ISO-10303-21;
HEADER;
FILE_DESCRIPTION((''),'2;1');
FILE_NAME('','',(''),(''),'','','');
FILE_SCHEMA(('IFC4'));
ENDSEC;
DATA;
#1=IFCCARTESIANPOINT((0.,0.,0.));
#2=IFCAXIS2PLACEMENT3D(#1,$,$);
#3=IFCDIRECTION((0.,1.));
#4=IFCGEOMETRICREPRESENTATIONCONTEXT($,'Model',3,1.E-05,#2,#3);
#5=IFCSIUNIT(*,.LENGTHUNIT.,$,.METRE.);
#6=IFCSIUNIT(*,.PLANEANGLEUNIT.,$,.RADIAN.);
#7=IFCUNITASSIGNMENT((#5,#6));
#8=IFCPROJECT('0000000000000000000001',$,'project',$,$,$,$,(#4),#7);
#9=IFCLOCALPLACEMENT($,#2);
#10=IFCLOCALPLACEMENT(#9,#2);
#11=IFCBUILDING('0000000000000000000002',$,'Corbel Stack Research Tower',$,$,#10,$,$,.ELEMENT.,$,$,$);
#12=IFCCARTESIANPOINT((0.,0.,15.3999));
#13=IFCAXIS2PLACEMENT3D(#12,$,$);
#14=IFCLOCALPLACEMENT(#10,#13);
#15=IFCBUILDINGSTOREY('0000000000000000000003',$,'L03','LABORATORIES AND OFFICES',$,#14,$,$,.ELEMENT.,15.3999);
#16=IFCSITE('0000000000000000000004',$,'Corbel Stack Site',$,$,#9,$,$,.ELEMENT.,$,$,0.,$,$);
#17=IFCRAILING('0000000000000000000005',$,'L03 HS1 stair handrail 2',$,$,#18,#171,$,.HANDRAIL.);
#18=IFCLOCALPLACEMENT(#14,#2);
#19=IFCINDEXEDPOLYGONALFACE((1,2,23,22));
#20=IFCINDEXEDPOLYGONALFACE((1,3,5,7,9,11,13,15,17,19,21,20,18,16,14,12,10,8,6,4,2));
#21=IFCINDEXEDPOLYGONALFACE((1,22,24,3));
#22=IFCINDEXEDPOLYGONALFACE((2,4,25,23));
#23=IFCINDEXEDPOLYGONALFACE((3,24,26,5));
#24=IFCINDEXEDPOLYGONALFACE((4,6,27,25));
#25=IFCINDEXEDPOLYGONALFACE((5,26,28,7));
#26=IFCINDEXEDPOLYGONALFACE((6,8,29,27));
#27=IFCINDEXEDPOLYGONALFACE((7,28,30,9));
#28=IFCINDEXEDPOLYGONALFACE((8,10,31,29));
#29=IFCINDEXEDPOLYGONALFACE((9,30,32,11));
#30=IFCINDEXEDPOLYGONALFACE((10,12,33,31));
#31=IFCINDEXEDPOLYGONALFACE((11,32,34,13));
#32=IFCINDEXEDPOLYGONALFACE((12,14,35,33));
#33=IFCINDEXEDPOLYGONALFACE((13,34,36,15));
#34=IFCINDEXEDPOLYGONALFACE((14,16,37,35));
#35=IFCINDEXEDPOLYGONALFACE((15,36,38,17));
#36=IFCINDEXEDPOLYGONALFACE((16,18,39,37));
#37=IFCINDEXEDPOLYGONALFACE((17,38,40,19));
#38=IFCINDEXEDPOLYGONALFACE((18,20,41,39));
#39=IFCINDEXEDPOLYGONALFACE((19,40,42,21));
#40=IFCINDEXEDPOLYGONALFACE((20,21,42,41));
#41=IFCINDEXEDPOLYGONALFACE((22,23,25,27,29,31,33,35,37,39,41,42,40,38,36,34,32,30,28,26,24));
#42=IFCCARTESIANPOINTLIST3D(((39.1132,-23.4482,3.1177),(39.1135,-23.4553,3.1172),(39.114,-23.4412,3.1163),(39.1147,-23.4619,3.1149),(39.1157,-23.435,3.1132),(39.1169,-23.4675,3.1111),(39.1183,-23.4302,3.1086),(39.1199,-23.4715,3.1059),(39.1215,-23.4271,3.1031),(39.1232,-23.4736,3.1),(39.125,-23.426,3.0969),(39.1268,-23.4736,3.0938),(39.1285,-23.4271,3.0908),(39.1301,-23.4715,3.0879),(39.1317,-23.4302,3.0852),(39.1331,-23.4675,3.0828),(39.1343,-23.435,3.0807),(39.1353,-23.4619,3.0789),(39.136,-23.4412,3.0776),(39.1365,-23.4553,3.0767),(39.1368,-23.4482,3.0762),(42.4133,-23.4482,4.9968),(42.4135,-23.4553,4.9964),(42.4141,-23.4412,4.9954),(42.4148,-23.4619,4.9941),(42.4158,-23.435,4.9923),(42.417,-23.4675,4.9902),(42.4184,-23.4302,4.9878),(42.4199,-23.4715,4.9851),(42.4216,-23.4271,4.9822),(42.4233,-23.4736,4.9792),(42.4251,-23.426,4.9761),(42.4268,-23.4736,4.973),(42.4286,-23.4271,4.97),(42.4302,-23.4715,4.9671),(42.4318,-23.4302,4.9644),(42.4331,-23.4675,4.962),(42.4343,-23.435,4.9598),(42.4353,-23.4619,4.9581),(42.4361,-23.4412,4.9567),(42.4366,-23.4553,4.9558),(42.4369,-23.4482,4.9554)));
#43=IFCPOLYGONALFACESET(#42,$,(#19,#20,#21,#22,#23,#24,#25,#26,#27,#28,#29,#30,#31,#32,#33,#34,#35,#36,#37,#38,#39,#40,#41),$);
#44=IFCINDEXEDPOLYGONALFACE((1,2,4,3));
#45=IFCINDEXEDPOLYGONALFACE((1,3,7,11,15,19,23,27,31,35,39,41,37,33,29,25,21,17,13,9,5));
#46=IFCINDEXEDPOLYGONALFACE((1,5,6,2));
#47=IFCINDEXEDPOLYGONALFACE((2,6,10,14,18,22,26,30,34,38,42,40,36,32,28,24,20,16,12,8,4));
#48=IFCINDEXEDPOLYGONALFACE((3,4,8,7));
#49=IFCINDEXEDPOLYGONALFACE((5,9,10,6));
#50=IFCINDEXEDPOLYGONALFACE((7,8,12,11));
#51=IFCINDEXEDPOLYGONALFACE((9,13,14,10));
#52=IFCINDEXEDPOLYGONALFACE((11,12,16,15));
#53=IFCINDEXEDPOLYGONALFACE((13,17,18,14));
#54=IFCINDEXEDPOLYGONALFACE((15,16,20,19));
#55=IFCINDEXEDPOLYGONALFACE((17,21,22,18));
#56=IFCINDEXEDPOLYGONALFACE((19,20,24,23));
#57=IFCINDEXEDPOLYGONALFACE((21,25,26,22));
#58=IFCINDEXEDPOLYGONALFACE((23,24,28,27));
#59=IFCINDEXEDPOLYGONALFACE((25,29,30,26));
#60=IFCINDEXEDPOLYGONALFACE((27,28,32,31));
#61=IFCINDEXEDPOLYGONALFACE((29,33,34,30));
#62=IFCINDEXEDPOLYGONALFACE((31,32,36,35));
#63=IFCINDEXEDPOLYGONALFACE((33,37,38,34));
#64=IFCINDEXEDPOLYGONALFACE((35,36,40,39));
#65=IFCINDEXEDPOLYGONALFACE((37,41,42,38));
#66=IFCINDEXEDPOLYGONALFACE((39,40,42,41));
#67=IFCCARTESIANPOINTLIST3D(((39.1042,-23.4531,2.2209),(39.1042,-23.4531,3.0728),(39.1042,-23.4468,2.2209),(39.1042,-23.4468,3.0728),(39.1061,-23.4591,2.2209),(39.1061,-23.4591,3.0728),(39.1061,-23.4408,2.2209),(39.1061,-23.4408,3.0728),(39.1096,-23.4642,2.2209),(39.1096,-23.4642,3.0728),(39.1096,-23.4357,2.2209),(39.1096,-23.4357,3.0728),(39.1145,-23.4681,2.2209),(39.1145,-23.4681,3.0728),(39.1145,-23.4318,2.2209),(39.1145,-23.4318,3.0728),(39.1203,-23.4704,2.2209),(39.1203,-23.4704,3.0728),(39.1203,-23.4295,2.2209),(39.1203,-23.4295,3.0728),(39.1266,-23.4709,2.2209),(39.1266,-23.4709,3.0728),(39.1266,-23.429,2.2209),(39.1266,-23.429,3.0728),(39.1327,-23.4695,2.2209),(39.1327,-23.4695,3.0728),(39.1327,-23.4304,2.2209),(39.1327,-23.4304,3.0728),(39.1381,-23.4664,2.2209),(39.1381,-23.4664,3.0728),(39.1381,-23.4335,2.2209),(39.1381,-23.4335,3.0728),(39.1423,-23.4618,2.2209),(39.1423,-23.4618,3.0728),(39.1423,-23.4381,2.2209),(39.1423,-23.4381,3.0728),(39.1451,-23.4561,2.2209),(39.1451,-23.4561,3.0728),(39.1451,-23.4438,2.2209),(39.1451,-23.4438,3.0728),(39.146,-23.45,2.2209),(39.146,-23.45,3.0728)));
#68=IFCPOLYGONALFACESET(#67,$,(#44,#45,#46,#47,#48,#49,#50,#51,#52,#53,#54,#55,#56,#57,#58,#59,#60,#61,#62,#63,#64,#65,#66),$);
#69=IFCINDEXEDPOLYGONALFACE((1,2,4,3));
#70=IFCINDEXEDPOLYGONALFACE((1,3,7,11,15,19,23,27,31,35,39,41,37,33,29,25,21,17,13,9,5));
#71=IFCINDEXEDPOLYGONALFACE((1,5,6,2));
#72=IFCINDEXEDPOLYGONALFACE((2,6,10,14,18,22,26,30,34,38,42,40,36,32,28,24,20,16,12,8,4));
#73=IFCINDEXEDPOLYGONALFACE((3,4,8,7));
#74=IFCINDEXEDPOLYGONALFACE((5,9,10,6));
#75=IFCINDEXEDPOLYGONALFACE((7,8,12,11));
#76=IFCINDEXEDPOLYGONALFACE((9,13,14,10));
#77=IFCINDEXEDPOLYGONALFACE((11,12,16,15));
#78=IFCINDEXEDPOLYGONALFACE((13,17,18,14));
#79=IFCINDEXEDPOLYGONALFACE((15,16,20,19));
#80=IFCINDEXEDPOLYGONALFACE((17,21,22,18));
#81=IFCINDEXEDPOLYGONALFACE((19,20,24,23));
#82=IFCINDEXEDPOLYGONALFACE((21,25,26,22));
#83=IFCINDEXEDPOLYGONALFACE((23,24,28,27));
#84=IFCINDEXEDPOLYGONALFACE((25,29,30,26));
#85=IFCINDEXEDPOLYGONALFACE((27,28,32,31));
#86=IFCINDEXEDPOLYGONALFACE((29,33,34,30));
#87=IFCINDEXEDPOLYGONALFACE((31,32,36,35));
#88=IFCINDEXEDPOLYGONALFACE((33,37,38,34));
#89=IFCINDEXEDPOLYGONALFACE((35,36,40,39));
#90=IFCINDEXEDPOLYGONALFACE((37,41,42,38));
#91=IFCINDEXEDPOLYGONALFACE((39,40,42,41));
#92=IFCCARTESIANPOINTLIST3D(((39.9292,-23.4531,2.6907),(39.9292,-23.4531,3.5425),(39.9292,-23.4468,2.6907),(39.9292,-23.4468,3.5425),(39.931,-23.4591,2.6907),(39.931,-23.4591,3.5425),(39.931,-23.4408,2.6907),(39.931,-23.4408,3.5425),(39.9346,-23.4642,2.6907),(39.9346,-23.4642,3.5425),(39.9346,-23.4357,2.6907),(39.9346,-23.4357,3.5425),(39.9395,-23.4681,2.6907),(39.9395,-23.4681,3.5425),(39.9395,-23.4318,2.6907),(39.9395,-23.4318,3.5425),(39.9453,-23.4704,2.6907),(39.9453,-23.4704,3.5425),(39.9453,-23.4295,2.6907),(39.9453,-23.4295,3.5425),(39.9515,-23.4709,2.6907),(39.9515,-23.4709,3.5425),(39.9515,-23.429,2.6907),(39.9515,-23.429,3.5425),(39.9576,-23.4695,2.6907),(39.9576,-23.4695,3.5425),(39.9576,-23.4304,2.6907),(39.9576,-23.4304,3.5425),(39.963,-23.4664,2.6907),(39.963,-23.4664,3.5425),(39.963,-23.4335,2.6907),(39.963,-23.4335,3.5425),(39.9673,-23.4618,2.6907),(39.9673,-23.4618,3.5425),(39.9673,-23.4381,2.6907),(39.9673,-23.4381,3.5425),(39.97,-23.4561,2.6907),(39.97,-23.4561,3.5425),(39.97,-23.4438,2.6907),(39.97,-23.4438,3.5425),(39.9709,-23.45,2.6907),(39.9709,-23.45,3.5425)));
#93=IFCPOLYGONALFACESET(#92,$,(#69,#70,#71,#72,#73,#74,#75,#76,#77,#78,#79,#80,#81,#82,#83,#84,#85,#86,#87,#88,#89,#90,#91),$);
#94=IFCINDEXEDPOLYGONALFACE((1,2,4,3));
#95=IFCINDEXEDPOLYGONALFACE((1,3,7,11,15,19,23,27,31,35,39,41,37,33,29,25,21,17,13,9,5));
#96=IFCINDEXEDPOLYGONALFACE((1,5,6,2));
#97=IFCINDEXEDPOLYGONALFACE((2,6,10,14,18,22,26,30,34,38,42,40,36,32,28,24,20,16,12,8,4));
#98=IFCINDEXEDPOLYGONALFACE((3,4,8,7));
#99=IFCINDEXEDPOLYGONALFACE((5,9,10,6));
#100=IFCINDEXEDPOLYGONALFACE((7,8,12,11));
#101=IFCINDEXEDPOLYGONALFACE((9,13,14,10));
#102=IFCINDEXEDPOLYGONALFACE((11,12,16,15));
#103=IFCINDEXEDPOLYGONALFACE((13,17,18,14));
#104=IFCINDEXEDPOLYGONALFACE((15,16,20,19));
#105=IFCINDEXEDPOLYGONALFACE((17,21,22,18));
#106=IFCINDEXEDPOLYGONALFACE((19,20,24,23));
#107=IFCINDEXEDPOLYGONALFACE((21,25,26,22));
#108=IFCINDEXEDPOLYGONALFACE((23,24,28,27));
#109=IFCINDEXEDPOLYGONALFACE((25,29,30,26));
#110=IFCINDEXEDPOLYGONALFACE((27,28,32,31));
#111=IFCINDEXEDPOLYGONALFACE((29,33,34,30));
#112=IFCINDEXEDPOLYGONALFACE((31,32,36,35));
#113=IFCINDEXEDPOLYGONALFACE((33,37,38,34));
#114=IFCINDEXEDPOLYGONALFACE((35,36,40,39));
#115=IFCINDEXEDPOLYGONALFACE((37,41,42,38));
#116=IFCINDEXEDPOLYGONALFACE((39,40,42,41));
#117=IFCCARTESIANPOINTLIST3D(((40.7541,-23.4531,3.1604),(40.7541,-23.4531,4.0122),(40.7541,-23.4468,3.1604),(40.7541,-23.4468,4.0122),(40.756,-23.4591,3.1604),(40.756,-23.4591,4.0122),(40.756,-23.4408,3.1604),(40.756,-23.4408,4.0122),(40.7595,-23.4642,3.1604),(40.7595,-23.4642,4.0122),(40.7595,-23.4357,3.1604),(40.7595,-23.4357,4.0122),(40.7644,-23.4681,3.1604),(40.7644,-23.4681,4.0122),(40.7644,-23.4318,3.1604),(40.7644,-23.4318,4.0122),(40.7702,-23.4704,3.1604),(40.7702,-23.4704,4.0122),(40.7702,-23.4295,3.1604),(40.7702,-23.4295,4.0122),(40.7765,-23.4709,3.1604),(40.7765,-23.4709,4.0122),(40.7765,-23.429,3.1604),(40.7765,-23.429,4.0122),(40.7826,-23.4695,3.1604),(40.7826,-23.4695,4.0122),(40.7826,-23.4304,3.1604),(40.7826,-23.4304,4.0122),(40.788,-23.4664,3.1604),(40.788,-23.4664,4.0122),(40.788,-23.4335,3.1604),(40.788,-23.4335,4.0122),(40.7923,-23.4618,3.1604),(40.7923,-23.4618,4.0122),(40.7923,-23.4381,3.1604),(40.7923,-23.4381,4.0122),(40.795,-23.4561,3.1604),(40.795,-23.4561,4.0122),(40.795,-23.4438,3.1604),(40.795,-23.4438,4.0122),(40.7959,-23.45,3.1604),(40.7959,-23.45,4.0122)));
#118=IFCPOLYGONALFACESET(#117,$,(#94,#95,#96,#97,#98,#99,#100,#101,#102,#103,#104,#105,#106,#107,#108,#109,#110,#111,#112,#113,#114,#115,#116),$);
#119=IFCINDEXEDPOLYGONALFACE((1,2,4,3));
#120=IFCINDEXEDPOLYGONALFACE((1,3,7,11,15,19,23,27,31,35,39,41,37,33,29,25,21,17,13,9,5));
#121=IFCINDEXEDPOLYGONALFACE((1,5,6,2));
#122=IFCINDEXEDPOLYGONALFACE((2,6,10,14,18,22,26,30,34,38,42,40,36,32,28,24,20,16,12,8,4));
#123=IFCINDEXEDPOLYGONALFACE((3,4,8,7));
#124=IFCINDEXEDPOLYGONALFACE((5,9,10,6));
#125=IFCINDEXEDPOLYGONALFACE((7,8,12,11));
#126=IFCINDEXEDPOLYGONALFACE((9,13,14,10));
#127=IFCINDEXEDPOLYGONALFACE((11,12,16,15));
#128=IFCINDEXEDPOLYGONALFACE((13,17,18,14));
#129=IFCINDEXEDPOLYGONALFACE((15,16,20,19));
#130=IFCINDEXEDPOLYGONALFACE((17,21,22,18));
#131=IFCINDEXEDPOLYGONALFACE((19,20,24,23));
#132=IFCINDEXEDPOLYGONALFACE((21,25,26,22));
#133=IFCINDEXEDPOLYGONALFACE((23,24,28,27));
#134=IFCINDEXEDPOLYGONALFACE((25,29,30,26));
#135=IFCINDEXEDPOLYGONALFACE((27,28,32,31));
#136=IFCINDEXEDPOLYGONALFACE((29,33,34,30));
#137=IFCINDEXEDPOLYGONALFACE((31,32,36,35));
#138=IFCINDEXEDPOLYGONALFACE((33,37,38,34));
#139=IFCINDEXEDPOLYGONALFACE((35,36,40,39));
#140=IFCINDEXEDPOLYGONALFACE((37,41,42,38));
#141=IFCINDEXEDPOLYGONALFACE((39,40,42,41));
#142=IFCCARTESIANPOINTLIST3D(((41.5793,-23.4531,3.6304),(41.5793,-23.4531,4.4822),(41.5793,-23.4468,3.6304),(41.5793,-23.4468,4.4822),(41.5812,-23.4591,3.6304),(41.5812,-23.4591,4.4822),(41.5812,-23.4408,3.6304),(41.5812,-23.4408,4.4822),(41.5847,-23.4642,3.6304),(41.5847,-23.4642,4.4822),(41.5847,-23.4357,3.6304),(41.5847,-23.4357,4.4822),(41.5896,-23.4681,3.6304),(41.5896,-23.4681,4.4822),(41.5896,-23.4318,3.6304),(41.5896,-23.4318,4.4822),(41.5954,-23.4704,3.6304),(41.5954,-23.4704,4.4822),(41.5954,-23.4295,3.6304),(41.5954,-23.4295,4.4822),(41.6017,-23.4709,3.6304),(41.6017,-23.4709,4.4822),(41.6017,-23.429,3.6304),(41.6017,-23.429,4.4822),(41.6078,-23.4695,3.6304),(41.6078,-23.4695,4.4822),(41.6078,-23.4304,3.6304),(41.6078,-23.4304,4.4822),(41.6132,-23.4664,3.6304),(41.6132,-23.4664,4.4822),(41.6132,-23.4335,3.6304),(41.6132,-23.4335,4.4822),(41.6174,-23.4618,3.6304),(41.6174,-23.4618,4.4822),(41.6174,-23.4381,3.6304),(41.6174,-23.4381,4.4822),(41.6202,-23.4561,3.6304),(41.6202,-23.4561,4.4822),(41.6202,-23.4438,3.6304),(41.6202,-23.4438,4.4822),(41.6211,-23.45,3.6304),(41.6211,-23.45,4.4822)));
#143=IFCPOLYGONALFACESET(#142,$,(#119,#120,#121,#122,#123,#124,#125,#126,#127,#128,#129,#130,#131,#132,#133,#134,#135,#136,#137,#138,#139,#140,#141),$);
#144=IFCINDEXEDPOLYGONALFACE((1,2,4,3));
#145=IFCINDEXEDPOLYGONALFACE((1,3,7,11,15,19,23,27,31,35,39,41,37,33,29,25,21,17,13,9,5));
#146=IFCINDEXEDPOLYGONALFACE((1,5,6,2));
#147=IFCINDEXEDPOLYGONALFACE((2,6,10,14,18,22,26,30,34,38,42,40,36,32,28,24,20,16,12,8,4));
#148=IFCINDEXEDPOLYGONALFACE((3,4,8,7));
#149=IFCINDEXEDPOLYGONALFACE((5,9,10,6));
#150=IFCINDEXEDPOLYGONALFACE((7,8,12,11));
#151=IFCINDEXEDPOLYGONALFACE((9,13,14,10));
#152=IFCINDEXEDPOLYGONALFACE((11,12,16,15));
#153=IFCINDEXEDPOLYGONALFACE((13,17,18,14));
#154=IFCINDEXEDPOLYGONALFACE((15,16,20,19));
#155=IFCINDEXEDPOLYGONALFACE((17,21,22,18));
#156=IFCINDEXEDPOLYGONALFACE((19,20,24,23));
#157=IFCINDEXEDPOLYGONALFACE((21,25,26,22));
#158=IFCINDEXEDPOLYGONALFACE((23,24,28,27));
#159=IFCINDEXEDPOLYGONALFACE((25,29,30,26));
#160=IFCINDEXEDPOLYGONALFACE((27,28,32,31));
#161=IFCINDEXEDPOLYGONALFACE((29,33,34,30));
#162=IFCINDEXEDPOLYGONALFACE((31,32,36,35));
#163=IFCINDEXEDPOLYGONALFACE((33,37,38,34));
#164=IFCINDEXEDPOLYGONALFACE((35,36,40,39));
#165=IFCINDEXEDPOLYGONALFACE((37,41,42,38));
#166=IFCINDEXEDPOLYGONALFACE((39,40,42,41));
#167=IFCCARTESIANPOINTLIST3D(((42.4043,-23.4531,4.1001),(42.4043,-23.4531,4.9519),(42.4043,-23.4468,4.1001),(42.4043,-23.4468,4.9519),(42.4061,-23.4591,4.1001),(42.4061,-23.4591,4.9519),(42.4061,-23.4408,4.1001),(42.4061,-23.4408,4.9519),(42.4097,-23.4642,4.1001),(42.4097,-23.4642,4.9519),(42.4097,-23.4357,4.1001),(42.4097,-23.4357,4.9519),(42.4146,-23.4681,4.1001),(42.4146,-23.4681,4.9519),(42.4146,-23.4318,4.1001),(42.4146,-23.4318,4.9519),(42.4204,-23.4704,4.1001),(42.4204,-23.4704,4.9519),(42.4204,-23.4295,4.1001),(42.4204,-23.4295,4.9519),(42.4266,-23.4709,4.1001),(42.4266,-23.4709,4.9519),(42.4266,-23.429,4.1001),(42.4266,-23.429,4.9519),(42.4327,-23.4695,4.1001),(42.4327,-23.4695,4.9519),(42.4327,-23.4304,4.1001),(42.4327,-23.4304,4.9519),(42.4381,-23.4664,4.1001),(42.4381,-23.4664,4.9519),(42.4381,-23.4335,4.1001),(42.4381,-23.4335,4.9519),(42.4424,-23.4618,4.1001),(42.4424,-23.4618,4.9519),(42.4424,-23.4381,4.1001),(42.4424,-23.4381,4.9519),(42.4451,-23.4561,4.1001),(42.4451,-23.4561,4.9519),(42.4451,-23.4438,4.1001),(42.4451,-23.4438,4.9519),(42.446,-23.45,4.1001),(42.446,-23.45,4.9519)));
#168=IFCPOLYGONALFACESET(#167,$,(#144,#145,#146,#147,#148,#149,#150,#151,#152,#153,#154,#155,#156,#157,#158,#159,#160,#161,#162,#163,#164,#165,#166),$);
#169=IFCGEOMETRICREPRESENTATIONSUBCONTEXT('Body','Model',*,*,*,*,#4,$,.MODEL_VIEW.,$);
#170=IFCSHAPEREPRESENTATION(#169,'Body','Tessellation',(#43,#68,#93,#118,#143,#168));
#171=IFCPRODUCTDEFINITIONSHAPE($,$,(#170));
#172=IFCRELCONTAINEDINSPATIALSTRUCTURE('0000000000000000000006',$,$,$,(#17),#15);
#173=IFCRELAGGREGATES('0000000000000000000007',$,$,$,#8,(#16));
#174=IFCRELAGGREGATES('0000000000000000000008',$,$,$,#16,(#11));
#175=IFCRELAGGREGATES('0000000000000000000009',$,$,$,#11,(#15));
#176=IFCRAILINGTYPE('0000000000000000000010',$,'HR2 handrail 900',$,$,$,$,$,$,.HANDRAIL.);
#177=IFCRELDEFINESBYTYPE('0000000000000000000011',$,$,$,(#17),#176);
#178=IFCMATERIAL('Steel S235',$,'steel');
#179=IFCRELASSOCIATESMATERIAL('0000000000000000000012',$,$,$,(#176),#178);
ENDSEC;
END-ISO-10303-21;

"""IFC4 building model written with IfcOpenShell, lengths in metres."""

from ifc_helpers import new_model, si_unit, direction, frame, origin, origin_2d, place, context, subcontext, project, spatial, circle, extrude, material, type_object, element, save


model = new_model("IFC4")

# Units and contexts
model_context = context("Model", 3, precision=1e-05, world=origin(), true_north=direction((0.0, 1.0)))
body_context = subcontext(model_context, "Body", "Model", "MODEL_VIEW")
ifc_project = project(units=[si_unit("LENGTHUNIT", "METRE"), si_unit("PLANEANGLEUNIT", "RADIAN")], contexts=[model_context])

# Site, building, storey
site_placement = place(None, origin())
site = spatial("IfcSite", under=ifc_project, at=site_placement, Name="Corbel Stack Site", CompositionType="ELEMENT", RefElevation=0.0)
building_placement = place(site_placement, origin())
building = spatial("IfcBuilding", under=site, at=building_placement, Name="Corbel Stack Research Tower", CompositionType="ELEMENT")
storey_placement = place(building_placement, frame((0.0, 0.0, 15.3999)))
storey = spatial("IfcBuildingStorey", under=building, at=storey_placement, Name="L03", Description="LABORATORIES AND OFFICES", CompositionType="ELEMENT", Elevation=15.3999)

# Railing
ifc_material_1 = material(Name="Steel S235", Category="steel")
railing_type = type_object("IfcRailingType", Name="HR2 handrail 900", PredefinedType="HANDRAIL", material=ifc_material_1)
railing_placement = place(storey_placement, frame((39.125, -23.45, 2.2209)))
element("IfcRailing", 1, at=railing_placement, inside=storey, type_object=railing_type, Name="L03 HS1 stair handrail 2", PredefinedType="HANDRAIL", context=body_context, shape_type="SweptSolid", body=[
    extrude(circle(Radius=0.0239, at=origin_2d()), frame((0.0, 0.0, 0.876), z_axis=(0.86899, 0.0, 0.49483), x_axis=(0.0, 1.0, 0.0)), (0.0, 0.0, 1.0), 3.7976),
    extrude(circle(Radius=0.021, at=origin_2d()), origin(), (0.0, 0.0, 1.0), 0.8518),
    extrude(circle(Radius=0.021, at=origin_2d()), frame((0.825, 0.0, 0.4697)), (0.0, 0.0, 1.0), 0.8518),
    extrude(circle(Radius=0.021, at=origin_2d()), frame((1.6499, 0.0, 0.9395)), (0.0, 0.0, 1.0), 0.8518),
    extrude(circle(Radius=0.021, at=origin_2d()), frame((2.4751, 0.0, 1.4094)), (0.0, 0.0, 1.0), 0.8518),
    extrude(circle(Radius=0.021, at=origin_2d()), frame((3.3, 0.0, 1.8792)), (0.0, 0.0, 1.0), 0.8518),
])

save(model, "model.ifc")
